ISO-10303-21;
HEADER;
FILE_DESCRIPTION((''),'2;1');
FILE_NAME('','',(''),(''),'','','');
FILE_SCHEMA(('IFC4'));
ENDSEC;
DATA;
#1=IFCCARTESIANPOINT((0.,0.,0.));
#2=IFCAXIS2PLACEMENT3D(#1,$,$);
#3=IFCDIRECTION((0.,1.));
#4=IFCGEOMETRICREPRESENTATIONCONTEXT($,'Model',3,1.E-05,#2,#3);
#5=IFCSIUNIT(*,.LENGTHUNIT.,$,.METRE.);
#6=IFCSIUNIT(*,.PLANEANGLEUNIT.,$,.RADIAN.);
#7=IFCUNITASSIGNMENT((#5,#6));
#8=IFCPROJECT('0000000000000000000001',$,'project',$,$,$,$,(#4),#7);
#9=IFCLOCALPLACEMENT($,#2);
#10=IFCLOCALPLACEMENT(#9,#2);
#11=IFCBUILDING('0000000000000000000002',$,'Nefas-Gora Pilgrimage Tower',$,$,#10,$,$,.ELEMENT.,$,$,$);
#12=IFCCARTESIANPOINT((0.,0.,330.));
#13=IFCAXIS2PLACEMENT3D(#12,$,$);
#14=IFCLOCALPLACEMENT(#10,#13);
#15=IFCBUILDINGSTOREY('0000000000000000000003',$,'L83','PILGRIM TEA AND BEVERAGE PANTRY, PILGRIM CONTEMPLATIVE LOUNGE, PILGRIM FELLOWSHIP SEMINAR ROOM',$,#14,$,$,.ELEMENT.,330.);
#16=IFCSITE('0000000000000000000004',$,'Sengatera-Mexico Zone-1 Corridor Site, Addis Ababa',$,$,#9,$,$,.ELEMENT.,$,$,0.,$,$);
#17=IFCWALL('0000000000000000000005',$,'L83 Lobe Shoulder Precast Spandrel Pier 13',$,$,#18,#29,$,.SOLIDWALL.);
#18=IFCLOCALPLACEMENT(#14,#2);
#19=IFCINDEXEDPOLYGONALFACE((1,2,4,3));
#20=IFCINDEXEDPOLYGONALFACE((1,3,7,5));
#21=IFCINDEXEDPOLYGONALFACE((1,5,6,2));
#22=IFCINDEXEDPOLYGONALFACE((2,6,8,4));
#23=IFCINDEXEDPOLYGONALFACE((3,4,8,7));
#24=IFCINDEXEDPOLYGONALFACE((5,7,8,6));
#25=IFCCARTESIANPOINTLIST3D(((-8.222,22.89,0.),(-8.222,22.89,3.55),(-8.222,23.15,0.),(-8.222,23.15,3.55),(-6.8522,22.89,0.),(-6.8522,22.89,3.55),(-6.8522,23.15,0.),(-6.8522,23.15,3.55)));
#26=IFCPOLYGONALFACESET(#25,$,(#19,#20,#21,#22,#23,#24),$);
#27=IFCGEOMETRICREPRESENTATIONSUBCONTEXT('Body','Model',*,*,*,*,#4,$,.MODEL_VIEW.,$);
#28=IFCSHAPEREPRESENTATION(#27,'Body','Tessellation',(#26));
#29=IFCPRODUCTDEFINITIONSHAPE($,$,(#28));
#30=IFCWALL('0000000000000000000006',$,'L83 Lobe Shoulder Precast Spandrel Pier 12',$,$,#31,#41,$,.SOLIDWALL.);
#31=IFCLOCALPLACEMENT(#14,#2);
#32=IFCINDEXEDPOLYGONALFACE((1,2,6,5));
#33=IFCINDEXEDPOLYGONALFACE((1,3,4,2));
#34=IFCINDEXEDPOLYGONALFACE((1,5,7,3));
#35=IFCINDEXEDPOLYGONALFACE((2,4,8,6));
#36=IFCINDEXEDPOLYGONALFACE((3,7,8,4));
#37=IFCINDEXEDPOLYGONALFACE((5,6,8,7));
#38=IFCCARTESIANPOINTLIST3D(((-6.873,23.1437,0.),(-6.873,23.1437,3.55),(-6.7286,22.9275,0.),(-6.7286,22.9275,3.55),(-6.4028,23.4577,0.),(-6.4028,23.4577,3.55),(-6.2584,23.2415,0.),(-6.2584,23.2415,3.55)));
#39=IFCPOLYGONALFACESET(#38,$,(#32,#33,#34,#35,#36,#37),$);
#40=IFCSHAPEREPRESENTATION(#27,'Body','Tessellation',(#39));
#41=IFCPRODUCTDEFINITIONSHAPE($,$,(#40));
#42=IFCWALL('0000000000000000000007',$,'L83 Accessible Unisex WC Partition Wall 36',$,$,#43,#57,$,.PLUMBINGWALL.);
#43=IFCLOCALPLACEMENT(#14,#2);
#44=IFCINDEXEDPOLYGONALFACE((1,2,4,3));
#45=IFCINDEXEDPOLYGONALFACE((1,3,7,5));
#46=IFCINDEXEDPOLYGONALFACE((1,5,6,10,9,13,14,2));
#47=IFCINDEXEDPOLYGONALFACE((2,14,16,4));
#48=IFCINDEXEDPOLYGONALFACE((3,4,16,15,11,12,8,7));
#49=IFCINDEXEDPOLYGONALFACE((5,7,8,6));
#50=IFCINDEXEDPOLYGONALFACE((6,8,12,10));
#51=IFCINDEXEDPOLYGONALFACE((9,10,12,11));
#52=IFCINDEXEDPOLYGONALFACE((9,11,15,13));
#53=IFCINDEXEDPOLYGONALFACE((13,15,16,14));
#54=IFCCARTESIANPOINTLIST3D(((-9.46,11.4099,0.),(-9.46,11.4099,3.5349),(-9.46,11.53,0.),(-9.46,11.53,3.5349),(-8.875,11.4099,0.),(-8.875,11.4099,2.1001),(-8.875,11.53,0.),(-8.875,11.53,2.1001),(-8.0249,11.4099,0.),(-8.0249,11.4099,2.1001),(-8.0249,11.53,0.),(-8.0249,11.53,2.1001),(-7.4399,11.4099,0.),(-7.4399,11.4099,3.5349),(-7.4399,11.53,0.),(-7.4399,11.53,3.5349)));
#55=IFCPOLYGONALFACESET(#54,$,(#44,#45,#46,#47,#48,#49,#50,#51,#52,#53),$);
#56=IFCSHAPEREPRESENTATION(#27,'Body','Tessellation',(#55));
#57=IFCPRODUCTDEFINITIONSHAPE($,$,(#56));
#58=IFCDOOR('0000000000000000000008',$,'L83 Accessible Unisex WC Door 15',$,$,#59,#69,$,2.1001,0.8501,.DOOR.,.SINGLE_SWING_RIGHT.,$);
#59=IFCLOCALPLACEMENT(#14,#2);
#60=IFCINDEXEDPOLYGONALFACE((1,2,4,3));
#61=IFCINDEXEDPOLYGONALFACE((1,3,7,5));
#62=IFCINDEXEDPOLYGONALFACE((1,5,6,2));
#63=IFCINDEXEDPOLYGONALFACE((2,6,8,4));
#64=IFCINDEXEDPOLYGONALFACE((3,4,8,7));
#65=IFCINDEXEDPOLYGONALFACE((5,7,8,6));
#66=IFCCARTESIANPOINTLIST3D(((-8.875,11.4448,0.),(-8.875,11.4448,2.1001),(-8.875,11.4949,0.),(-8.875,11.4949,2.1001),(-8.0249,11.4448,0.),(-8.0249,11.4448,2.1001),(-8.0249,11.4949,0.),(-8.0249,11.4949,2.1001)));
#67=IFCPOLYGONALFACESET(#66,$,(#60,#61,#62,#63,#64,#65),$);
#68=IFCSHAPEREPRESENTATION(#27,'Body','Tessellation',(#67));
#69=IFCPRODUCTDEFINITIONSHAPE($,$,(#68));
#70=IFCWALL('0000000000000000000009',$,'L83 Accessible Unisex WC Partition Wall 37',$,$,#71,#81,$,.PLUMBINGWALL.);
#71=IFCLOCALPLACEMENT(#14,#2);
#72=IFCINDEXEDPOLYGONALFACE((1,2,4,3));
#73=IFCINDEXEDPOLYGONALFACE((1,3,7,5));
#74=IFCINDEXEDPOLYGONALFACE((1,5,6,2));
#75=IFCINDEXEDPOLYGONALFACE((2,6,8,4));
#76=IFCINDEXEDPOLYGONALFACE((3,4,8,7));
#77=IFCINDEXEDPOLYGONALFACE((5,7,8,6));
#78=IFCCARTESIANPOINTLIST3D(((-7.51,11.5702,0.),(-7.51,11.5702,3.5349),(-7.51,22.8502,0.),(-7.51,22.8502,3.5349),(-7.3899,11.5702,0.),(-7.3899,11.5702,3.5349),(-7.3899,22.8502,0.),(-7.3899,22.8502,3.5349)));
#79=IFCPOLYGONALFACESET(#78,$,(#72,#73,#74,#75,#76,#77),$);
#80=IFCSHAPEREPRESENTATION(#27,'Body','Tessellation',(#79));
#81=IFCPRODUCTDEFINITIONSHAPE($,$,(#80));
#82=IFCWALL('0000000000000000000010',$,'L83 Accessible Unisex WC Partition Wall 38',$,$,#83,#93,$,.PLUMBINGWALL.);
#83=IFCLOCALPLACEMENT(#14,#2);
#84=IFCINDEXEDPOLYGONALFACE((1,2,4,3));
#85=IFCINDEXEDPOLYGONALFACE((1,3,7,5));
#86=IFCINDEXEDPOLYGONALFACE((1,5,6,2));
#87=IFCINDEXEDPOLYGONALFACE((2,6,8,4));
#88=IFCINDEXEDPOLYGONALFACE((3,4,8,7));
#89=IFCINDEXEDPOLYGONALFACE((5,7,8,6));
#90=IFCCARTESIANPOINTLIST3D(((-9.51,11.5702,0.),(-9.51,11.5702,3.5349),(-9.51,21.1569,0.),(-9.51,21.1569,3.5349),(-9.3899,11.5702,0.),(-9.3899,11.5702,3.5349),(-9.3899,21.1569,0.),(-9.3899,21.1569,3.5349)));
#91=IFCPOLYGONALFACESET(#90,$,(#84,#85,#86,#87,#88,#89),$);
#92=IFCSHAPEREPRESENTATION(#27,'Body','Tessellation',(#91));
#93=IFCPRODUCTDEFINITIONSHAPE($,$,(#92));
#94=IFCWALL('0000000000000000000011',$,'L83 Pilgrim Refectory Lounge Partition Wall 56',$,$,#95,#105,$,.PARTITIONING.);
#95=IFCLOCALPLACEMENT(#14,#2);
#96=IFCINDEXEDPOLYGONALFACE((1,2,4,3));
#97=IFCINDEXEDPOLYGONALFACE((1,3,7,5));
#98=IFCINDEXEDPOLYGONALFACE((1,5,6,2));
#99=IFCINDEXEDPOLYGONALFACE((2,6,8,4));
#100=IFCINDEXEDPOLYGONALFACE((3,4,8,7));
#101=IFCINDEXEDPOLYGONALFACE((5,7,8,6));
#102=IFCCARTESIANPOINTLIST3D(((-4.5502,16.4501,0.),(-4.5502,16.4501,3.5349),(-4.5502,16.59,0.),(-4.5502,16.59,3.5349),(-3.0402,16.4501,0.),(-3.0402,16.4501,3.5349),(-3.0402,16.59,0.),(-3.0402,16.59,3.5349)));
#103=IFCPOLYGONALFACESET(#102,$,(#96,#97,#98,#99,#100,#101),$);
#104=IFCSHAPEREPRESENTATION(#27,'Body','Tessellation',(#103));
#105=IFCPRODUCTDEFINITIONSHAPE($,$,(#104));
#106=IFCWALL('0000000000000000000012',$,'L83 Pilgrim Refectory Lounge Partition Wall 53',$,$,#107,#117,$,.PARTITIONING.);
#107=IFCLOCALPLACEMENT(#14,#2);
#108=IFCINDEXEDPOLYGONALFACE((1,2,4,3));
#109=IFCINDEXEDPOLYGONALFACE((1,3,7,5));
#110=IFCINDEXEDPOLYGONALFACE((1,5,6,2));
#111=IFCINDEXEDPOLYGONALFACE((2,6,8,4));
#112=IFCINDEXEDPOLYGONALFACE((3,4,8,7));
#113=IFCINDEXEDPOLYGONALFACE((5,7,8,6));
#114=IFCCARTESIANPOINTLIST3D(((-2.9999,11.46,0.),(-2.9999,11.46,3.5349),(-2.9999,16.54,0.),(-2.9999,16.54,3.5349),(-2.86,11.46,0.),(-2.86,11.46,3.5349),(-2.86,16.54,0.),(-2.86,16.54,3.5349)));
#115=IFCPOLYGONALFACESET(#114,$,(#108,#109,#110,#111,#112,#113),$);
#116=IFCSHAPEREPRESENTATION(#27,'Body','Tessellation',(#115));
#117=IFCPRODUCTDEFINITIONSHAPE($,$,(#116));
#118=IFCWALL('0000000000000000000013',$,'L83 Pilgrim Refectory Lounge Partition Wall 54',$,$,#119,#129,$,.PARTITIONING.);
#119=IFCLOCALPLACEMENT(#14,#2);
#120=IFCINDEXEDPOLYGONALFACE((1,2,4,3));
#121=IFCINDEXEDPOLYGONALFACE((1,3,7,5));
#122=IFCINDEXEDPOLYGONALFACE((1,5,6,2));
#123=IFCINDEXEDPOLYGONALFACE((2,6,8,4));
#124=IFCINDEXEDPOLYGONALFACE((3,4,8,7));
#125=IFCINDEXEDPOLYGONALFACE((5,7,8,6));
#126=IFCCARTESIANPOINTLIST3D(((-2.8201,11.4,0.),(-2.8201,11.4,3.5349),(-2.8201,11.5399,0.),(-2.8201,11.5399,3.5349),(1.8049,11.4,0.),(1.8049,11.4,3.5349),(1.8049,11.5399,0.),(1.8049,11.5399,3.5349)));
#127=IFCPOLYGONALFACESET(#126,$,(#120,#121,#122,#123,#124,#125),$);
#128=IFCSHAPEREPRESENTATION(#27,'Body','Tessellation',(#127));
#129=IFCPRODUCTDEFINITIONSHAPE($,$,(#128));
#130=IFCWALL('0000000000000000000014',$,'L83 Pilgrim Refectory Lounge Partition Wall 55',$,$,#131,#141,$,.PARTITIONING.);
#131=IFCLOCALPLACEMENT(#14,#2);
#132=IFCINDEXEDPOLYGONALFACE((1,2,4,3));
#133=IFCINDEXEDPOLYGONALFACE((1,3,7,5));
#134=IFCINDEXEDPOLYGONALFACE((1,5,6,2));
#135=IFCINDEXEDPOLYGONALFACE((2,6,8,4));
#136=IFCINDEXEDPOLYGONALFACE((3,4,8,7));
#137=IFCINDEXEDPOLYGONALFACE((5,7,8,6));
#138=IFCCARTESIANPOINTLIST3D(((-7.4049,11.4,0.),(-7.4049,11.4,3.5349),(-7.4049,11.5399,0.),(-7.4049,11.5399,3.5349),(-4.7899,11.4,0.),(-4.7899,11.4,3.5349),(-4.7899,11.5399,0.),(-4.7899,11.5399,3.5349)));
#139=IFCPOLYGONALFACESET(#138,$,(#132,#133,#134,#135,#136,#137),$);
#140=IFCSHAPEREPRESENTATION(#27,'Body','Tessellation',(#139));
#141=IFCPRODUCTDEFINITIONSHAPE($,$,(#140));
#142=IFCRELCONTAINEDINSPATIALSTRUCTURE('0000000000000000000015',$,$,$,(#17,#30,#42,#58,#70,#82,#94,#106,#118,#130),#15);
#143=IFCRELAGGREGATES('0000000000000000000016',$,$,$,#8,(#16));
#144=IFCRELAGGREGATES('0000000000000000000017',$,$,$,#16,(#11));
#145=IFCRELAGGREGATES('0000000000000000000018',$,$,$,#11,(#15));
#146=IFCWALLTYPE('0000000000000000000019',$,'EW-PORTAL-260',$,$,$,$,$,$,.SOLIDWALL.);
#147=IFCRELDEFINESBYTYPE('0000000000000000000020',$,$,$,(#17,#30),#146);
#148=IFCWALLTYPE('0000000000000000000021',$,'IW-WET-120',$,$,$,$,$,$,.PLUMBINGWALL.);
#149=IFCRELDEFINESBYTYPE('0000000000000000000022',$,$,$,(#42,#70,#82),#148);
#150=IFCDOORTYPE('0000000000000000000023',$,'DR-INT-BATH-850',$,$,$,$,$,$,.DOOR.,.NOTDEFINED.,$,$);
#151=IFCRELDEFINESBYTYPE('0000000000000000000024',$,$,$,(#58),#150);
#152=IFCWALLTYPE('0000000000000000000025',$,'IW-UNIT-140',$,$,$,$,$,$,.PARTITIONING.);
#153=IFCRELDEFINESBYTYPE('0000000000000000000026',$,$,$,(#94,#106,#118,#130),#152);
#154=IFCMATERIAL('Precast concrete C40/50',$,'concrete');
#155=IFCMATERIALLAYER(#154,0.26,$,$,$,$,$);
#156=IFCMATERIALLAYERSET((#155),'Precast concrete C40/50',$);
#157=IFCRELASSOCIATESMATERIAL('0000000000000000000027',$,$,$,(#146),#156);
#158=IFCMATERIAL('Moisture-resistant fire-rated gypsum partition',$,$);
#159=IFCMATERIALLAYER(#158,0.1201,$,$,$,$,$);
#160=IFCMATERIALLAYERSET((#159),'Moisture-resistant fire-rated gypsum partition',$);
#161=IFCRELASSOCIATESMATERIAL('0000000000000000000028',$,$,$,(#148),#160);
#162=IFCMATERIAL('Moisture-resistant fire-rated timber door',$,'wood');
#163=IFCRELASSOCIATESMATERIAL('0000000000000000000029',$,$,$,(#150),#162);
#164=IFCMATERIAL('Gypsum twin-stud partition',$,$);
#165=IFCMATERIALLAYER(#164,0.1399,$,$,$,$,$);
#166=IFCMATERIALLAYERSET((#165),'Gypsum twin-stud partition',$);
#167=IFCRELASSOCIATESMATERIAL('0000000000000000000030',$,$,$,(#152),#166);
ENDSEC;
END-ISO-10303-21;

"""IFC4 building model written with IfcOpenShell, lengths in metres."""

from ifc_helpers import new_model, si_unit, direction, frame, frame_2d, origin, place, context, subcontext, project, spatial, rectangle, extrude, source, transform, mapped, material, layer, layer_set, type_object, element, fill, save


model = new_model("IFC4")

# Units and contexts
model_context = context("Model", 3, precision=1e-05, world=origin(), true_north=direction((0.0, 1.0)))
body_context = subcontext(model_context, "Body", "Model", "MODEL_VIEW")
ifc_project = project(units=[si_unit("LENGTHUNIT", "METRE"), si_unit("PLANEANGLEUNIT", "RADIAN")], contexts=[model_context])

# Site, building, storey
site_placement = place(None, origin())
site = spatial("IfcSite", under=ifc_project, at=site_placement, Name="Sengatera-Mexico Zone-1 Corridor Site, Addis Ababa", CompositionType="ELEMENT", RefElevation=0.0)
building_placement = place(site_placement, origin())
building = spatial("IfcBuilding", under=site, at=building_placement, Name="Nefas-Gora Pilgrimage Tower", CompositionType="ELEMENT")
storey_placement = place(building_placement, frame((0.0, 0.0, 330.0)))
storey = spatial("IfcBuildingStorey", under=building, at=storey_placement, Name="L83", Description="PILGRIM TEA AND BEVERAGE PANTRY, PILGRIM CONTEMPLATIVE LOUNGE, PILGRIM FELLOWSHIP SEMINAR ROOM", CompositionType="ELEMENT", Elevation=330.0)

# Walls
ifc_material_1 = material(Name="Precast concrete C40/50", Category="concrete")
ifc_layer_1 = layer(ifc_material_1, 0.26)
ifc_layer_set_1 = layer_set([ifc_layer_1], Name="Precast concrete C40/50")
wall_type_1 = type_object("IfcWallType", Name="EW-PORTAL-260", PredefinedType="SOLIDWALL", material=ifc_layer_set_1)
shared_shape_1 = source(origin(), body_context, "Body", "SweptSolid", [
    extrude(rectangle(XDim=1.3699, YDim=0.26, at=frame_2d((0.6851, 0.0))), origin(), (0.0, 0.0, 1.0), 3.55),
])
wall_1_placement = place(storey_placement, frame((-6.8521, 23.02, 0.0), z_axis=(0.0, 0.0, 1.0), x_axis=(-1.0, 0.0, 0.0)))
element("IfcWall", 1, at=wall_1_placement, inside=storey, type_object=wall_type_1, Name="L83 Lobe Shoulder Precast Spandrel Pier 13", PredefinedType="SOLIDWALL", context=body_context, shape_type="MappedRepresentation", body=[
    mapped(shared_shape_1, transform((0.0, 0.0, 0.0), x_axis=(1.0, 0.0, 0.0), y_axis=(0.0, 1.0, 0.0), z_axis=(0.0, 0.0, 1.0), scale=1.0)),
])
shared_shape_2 = source(origin(), body_context, "Body", "SweptSolid", [
    extrude(rectangle(XDim=0.5654, YDim=0.26, at=frame_2d((0.2827, 0.0))), origin(), (0.0, 0.0, 1.0), 3.55),
])
wall_2_placement = place(storey_placement, frame((-6.3306, 23.3496, 0.0), z_axis=(0.0, 0.0, 1.0), x_axis=(-0.831651, -0.555298, 0.0)))
element("IfcWall", 2, at=wall_2_placement, inside=storey, type_object=wall_type_1, Name="L83 Lobe Shoulder Precast Spandrel Pier 12", PredefinedType="SOLIDWALL", context=body_context, shape_type="MappedRepresentation", body=[
    mapped(shared_shape_2, transform((0.0, 0.0, 0.0), x_axis=(1.0, 0.0, 0.0), y_axis=(0.0, 1.0, 0.0), z_axis=(0.0, 0.0, 1.0), scale=1.0)),
])

# Wall, opening, door
ifc_material_2 = material(Name="Moisture-resistant fire-rated gypsum partition")
ifc_layer_2 = layer(ifc_material_2, 0.1201)
ifc_layer_set_2 = layer_set([ifc_layer_2], Name="Moisture-resistant fire-rated gypsum partition")
wall_type_2 = type_object("IfcWallType", Name="IW-WET-120", PredefinedType="PLUMBINGWALL", material=ifc_layer_set_2)
shared_shape_3 = source(origin(), body_context, "Body", "SweptSolid", [
    extrude(rectangle(XDim=2.02, YDim=0.1201, at=frame_2d((1.01, 0.0))), origin(), (0.0, 0.0, 1.0), 3.5349),
])
wall_3_placement = place(storey_placement, frame((-9.46, 11.47, 0.0), z_axis=(0.0, 0.0, 1.0), x_axis=(1.0, 0.0, 0.0)))
wall_3 = element("IfcWall", 3, at=wall_3_placement, inside=storey, type_object=wall_type_2, Name="L83 Accessible Unisex WC Partition Wall 36", PredefinedType="PLUMBINGWALL", context=body_context, shape_type="MappedRepresentation", body=[
    mapped(shared_shape_3, transform((0.0, 0.0, 0.0), x_axis=(1.0, 0.0, 0.0), y_axis=(0.0, 1.0, 0.0), z_axis=(0.0, 0.0, 1.0), scale=1.0)),
])
opening_placement = place(wall_3_placement, frame((0.585, 0.0, 0.0)))
opening = element("IfcOpeningElement", 4, at=opening_placement, cuts=wall_3, PredefinedType="OPENING", context=body_context, shape_type="SweptSolid", body=[
    extrude(rectangle(XDim=0.8501, YDim=2.1001, at=frame_2d((0.425, 1.05))), frame((0.0, 0.0701, 0.0), z_axis=(0.0, -1.0, 0.0), x_axis=(1.0, 0.0, 0.0)), (0.0, 0.0, 1.0), 0.1401),
])
ifc_material_3 = material(Name="Moisture-resistant fire-rated timber door", Category="wood")
door_type = type_object("IfcDoorType", Name="DR-INT-BATH-850", OperationType="NOTDEFINED", PredefinedType="DOOR", material=ifc_material_3)
shared_shape_4 = source(origin(), body_context, "Body", "SweptSolid", [
    extrude(rectangle(XDim=0.8501, YDim=2.1001, at=frame_2d((0.425, 1.05))), frame((0.0, 0.0249, 0.0), z_axis=(0.0, -1.0, 0.0), x_axis=(1.0, 0.0, 0.0)), (0.0, 0.0, 1.0), 0.05),
])
door_placement = place(opening_placement, origin())
door = element("IfcDoor", 5, at=door_placement, inside=storey, type_object=door_type, Name="L83 Accessible Unisex WC Door 15", OperationType="SINGLE_SWING_RIGHT", OverallHeight=2.1001, OverallWidth=0.8501, PredefinedType="DOOR", context=body_context, shape_type="MappedRepresentation", body=[
    mapped(shared_shape_4, transform((0.0, 0.0, 0.0), x_axis=(1.0, 0.0, 0.0), y_axis=(0.0, 1.0, 0.0), z_axis=(0.0, 0.0, 1.0), scale=1.0)),
])
fill(opening, door)

# Walls
shared_shape_5 = source(origin(), body_context, "Body", "SweptSolid", [
    extrude(rectangle(XDim=11.28, YDim=0.1201, at=frame_2d((5.6401, 0.0))), origin(), (0.0, 0.0, 1.0), 3.5349),
])
wall_4_placement = place(storey_placement, frame((-7.45, 11.5701, 0.0), z_axis=(0.0, 0.0, 1.0), x_axis=(0.0, 1.0, 0.0)))
element("IfcWall", 6, at=wall_4_placement, inside=storey, type_object=wall_type_2, Name="L83 Accessible Unisex WC Partition Wall 37", PredefinedType="PLUMBINGWALL", context=body_context, shape_type="MappedRepresentation", body=[
    mapped(shared_shape_5, transform((0.0, 0.0, 0.0), x_axis=(1.0, 0.0, 0.0), y_axis=(0.0, 1.0, 0.0), z_axis=(0.0, 0.0, 1.0), scale=1.0)),
])
shared_shape_6 = source(origin(), body_context, "Body", "SweptSolid", [
    extrude(rectangle(XDim=9.5867, YDim=0.1201, at=frame_2d((4.7935, 0.0))), origin(), (0.0, 0.0, 1.0), 3.5349),
])
wall_5_placement = place(storey_placement, frame((-9.45, 11.5701, 0.0), z_axis=(0.0, 0.0, 1.0), x_axis=(0.0, 1.0, 0.0)))
element("IfcWall", 7, at=wall_5_placement, inside=storey, type_object=wall_type_2, Name="L83 Accessible Unisex WC Partition Wall 38", PredefinedType="PLUMBINGWALL", context=body_context, shape_type="MappedRepresentation", body=[
    mapped(shared_shape_6, transform((0.0, 0.0, 0.0), x_axis=(1.0, 0.0, 0.0), y_axis=(0.0, 1.0, 0.0), z_axis=(0.0, 0.0, 1.0), scale=1.0)),
])
ifc_material_4 = material(Name="Gypsum twin-stud partition")
ifc_layer_3 = layer(ifc_material_4, 0.1399)
ifc_layer_set_3 = layer_set([ifc_layer_3], Name="Gypsum twin-stud partition")
wall_type_3 = type_object("IfcWallType", Name="IW-UNIT-140", PredefinedType="PARTITIONING", material=ifc_layer_set_3)
shared_shape_7 = source(origin(), body_context, "Body", "SweptSolid", [
    extrude(rectangle(XDim=1.51, YDim=0.1399, at=frame_2d((0.7549, 0.0))), origin(), (0.0, 0.0, 1.0), 3.5349),
])
wall_6_placement = place(storey_placement, frame((-4.55, 16.52, 0.0), z_axis=(0.0, 0.0, 1.0), x_axis=(1.0, 0.0, 0.0)))
element("IfcWall", 8, at=wall_6_placement, inside=storey, type_object=wall_type_3, Name="L83 Pilgrim Refectory Lounge Partition Wall 56", PredefinedType="PARTITIONING", context=body_context, shape_type="MappedRepresentation", body=[
    mapped(shared_shape_7, transform((0.0, 0.0, 0.0), x_axis=(1.0, 0.0, 0.0), y_axis=(0.0, 1.0, 0.0), z_axis=(0.0, 0.0, 1.0), scale=1.0)),
])
shared_shape_8 = source(origin(), body_context, "Body", "SweptSolid", [
    extrude(rectangle(XDim=5.0801, YDim=0.1399, at=frame_2d((2.54, 0.0))), origin(), (0.0, 0.0, 1.0), 3.5349),
])
wall_7_placement = place(storey_placement, frame((-2.9299, 11.46, 0.0), z_axis=(0.0, 0.0, 1.0), x_axis=(0.0, 1.0, 0.0)))
element("IfcWall", 9, at=wall_7_placement, inside=storey, type_object=wall_type_3, Name="L83 Pilgrim Refectory Lounge Partition Wall 53", PredefinedType="PARTITIONING", context=body_context, shape_type="MappedRepresentation", body=[
    mapped(shared_shape_8, transform((0.0, 0.0, 0.0), x_axis=(1.0, 0.0, 0.0), y_axis=(0.0, 1.0, 0.0), z_axis=(0.0, 0.0, 1.0), scale=1.0)),
])
shared_shape_9 = source(origin(), body_context, "Body", "SweptSolid", [
    extrude(rectangle(XDim=4.625, YDim=0.1399, at=frame_2d((2.3125, 0.0))), origin(), (0.0, 0.0, 1.0), 3.5349),
])
wall_8_placement = place(storey_placement, frame((-2.8201, 11.47, 0.0), z_axis=(0.0, 0.0, 1.0), x_axis=(1.0, 0.0, 0.0)))
element("IfcWall", 10, at=wall_8_placement, inside=storey, type_object=wall_type_3, Name="L83 Pilgrim Refectory Lounge Partition Wall 54", PredefinedType="PARTITIONING", context=body_context, shape_type="MappedRepresentation", body=[
    mapped(shared_shape_9, transform((0.0, 0.0, 0.0), x_axis=(1.0, 0.0, 0.0), y_axis=(0.0, 1.0, 0.0), z_axis=(0.0, 0.0, 1.0), scale=1.0)),
])
shared_shape_10 = source(origin(), body_context, "Body", "SweptSolid", [
    extrude(rectangle(XDim=2.615, YDim=0.1399, at=frame_2d((1.3076, 0.0))), origin(), (0.0, 0.0, 1.0), 3.5349),
])
wall_9_placement = place(storey_placement, frame((-7.405, 11.47, 0.0), z_axis=(0.0, 0.0, 1.0), x_axis=(1.0, 0.0, 0.0)))
element("IfcWall", 11, at=wall_9_placement, inside=storey, type_object=wall_type_3, Name="L83 Pilgrim Refectory Lounge Partition Wall 55", PredefinedType="PARTITIONING", context=body_context, shape_type="MappedRepresentation", body=[
    mapped(shared_shape_10, transform((0.0, 0.0, 0.0), x_axis=(1.0, 0.0, 0.0), y_axis=(0.0, 1.0, 0.0), z_axis=(0.0, 0.0, 1.0), scale=1.0)),
])

save(model, "model.ifc")
